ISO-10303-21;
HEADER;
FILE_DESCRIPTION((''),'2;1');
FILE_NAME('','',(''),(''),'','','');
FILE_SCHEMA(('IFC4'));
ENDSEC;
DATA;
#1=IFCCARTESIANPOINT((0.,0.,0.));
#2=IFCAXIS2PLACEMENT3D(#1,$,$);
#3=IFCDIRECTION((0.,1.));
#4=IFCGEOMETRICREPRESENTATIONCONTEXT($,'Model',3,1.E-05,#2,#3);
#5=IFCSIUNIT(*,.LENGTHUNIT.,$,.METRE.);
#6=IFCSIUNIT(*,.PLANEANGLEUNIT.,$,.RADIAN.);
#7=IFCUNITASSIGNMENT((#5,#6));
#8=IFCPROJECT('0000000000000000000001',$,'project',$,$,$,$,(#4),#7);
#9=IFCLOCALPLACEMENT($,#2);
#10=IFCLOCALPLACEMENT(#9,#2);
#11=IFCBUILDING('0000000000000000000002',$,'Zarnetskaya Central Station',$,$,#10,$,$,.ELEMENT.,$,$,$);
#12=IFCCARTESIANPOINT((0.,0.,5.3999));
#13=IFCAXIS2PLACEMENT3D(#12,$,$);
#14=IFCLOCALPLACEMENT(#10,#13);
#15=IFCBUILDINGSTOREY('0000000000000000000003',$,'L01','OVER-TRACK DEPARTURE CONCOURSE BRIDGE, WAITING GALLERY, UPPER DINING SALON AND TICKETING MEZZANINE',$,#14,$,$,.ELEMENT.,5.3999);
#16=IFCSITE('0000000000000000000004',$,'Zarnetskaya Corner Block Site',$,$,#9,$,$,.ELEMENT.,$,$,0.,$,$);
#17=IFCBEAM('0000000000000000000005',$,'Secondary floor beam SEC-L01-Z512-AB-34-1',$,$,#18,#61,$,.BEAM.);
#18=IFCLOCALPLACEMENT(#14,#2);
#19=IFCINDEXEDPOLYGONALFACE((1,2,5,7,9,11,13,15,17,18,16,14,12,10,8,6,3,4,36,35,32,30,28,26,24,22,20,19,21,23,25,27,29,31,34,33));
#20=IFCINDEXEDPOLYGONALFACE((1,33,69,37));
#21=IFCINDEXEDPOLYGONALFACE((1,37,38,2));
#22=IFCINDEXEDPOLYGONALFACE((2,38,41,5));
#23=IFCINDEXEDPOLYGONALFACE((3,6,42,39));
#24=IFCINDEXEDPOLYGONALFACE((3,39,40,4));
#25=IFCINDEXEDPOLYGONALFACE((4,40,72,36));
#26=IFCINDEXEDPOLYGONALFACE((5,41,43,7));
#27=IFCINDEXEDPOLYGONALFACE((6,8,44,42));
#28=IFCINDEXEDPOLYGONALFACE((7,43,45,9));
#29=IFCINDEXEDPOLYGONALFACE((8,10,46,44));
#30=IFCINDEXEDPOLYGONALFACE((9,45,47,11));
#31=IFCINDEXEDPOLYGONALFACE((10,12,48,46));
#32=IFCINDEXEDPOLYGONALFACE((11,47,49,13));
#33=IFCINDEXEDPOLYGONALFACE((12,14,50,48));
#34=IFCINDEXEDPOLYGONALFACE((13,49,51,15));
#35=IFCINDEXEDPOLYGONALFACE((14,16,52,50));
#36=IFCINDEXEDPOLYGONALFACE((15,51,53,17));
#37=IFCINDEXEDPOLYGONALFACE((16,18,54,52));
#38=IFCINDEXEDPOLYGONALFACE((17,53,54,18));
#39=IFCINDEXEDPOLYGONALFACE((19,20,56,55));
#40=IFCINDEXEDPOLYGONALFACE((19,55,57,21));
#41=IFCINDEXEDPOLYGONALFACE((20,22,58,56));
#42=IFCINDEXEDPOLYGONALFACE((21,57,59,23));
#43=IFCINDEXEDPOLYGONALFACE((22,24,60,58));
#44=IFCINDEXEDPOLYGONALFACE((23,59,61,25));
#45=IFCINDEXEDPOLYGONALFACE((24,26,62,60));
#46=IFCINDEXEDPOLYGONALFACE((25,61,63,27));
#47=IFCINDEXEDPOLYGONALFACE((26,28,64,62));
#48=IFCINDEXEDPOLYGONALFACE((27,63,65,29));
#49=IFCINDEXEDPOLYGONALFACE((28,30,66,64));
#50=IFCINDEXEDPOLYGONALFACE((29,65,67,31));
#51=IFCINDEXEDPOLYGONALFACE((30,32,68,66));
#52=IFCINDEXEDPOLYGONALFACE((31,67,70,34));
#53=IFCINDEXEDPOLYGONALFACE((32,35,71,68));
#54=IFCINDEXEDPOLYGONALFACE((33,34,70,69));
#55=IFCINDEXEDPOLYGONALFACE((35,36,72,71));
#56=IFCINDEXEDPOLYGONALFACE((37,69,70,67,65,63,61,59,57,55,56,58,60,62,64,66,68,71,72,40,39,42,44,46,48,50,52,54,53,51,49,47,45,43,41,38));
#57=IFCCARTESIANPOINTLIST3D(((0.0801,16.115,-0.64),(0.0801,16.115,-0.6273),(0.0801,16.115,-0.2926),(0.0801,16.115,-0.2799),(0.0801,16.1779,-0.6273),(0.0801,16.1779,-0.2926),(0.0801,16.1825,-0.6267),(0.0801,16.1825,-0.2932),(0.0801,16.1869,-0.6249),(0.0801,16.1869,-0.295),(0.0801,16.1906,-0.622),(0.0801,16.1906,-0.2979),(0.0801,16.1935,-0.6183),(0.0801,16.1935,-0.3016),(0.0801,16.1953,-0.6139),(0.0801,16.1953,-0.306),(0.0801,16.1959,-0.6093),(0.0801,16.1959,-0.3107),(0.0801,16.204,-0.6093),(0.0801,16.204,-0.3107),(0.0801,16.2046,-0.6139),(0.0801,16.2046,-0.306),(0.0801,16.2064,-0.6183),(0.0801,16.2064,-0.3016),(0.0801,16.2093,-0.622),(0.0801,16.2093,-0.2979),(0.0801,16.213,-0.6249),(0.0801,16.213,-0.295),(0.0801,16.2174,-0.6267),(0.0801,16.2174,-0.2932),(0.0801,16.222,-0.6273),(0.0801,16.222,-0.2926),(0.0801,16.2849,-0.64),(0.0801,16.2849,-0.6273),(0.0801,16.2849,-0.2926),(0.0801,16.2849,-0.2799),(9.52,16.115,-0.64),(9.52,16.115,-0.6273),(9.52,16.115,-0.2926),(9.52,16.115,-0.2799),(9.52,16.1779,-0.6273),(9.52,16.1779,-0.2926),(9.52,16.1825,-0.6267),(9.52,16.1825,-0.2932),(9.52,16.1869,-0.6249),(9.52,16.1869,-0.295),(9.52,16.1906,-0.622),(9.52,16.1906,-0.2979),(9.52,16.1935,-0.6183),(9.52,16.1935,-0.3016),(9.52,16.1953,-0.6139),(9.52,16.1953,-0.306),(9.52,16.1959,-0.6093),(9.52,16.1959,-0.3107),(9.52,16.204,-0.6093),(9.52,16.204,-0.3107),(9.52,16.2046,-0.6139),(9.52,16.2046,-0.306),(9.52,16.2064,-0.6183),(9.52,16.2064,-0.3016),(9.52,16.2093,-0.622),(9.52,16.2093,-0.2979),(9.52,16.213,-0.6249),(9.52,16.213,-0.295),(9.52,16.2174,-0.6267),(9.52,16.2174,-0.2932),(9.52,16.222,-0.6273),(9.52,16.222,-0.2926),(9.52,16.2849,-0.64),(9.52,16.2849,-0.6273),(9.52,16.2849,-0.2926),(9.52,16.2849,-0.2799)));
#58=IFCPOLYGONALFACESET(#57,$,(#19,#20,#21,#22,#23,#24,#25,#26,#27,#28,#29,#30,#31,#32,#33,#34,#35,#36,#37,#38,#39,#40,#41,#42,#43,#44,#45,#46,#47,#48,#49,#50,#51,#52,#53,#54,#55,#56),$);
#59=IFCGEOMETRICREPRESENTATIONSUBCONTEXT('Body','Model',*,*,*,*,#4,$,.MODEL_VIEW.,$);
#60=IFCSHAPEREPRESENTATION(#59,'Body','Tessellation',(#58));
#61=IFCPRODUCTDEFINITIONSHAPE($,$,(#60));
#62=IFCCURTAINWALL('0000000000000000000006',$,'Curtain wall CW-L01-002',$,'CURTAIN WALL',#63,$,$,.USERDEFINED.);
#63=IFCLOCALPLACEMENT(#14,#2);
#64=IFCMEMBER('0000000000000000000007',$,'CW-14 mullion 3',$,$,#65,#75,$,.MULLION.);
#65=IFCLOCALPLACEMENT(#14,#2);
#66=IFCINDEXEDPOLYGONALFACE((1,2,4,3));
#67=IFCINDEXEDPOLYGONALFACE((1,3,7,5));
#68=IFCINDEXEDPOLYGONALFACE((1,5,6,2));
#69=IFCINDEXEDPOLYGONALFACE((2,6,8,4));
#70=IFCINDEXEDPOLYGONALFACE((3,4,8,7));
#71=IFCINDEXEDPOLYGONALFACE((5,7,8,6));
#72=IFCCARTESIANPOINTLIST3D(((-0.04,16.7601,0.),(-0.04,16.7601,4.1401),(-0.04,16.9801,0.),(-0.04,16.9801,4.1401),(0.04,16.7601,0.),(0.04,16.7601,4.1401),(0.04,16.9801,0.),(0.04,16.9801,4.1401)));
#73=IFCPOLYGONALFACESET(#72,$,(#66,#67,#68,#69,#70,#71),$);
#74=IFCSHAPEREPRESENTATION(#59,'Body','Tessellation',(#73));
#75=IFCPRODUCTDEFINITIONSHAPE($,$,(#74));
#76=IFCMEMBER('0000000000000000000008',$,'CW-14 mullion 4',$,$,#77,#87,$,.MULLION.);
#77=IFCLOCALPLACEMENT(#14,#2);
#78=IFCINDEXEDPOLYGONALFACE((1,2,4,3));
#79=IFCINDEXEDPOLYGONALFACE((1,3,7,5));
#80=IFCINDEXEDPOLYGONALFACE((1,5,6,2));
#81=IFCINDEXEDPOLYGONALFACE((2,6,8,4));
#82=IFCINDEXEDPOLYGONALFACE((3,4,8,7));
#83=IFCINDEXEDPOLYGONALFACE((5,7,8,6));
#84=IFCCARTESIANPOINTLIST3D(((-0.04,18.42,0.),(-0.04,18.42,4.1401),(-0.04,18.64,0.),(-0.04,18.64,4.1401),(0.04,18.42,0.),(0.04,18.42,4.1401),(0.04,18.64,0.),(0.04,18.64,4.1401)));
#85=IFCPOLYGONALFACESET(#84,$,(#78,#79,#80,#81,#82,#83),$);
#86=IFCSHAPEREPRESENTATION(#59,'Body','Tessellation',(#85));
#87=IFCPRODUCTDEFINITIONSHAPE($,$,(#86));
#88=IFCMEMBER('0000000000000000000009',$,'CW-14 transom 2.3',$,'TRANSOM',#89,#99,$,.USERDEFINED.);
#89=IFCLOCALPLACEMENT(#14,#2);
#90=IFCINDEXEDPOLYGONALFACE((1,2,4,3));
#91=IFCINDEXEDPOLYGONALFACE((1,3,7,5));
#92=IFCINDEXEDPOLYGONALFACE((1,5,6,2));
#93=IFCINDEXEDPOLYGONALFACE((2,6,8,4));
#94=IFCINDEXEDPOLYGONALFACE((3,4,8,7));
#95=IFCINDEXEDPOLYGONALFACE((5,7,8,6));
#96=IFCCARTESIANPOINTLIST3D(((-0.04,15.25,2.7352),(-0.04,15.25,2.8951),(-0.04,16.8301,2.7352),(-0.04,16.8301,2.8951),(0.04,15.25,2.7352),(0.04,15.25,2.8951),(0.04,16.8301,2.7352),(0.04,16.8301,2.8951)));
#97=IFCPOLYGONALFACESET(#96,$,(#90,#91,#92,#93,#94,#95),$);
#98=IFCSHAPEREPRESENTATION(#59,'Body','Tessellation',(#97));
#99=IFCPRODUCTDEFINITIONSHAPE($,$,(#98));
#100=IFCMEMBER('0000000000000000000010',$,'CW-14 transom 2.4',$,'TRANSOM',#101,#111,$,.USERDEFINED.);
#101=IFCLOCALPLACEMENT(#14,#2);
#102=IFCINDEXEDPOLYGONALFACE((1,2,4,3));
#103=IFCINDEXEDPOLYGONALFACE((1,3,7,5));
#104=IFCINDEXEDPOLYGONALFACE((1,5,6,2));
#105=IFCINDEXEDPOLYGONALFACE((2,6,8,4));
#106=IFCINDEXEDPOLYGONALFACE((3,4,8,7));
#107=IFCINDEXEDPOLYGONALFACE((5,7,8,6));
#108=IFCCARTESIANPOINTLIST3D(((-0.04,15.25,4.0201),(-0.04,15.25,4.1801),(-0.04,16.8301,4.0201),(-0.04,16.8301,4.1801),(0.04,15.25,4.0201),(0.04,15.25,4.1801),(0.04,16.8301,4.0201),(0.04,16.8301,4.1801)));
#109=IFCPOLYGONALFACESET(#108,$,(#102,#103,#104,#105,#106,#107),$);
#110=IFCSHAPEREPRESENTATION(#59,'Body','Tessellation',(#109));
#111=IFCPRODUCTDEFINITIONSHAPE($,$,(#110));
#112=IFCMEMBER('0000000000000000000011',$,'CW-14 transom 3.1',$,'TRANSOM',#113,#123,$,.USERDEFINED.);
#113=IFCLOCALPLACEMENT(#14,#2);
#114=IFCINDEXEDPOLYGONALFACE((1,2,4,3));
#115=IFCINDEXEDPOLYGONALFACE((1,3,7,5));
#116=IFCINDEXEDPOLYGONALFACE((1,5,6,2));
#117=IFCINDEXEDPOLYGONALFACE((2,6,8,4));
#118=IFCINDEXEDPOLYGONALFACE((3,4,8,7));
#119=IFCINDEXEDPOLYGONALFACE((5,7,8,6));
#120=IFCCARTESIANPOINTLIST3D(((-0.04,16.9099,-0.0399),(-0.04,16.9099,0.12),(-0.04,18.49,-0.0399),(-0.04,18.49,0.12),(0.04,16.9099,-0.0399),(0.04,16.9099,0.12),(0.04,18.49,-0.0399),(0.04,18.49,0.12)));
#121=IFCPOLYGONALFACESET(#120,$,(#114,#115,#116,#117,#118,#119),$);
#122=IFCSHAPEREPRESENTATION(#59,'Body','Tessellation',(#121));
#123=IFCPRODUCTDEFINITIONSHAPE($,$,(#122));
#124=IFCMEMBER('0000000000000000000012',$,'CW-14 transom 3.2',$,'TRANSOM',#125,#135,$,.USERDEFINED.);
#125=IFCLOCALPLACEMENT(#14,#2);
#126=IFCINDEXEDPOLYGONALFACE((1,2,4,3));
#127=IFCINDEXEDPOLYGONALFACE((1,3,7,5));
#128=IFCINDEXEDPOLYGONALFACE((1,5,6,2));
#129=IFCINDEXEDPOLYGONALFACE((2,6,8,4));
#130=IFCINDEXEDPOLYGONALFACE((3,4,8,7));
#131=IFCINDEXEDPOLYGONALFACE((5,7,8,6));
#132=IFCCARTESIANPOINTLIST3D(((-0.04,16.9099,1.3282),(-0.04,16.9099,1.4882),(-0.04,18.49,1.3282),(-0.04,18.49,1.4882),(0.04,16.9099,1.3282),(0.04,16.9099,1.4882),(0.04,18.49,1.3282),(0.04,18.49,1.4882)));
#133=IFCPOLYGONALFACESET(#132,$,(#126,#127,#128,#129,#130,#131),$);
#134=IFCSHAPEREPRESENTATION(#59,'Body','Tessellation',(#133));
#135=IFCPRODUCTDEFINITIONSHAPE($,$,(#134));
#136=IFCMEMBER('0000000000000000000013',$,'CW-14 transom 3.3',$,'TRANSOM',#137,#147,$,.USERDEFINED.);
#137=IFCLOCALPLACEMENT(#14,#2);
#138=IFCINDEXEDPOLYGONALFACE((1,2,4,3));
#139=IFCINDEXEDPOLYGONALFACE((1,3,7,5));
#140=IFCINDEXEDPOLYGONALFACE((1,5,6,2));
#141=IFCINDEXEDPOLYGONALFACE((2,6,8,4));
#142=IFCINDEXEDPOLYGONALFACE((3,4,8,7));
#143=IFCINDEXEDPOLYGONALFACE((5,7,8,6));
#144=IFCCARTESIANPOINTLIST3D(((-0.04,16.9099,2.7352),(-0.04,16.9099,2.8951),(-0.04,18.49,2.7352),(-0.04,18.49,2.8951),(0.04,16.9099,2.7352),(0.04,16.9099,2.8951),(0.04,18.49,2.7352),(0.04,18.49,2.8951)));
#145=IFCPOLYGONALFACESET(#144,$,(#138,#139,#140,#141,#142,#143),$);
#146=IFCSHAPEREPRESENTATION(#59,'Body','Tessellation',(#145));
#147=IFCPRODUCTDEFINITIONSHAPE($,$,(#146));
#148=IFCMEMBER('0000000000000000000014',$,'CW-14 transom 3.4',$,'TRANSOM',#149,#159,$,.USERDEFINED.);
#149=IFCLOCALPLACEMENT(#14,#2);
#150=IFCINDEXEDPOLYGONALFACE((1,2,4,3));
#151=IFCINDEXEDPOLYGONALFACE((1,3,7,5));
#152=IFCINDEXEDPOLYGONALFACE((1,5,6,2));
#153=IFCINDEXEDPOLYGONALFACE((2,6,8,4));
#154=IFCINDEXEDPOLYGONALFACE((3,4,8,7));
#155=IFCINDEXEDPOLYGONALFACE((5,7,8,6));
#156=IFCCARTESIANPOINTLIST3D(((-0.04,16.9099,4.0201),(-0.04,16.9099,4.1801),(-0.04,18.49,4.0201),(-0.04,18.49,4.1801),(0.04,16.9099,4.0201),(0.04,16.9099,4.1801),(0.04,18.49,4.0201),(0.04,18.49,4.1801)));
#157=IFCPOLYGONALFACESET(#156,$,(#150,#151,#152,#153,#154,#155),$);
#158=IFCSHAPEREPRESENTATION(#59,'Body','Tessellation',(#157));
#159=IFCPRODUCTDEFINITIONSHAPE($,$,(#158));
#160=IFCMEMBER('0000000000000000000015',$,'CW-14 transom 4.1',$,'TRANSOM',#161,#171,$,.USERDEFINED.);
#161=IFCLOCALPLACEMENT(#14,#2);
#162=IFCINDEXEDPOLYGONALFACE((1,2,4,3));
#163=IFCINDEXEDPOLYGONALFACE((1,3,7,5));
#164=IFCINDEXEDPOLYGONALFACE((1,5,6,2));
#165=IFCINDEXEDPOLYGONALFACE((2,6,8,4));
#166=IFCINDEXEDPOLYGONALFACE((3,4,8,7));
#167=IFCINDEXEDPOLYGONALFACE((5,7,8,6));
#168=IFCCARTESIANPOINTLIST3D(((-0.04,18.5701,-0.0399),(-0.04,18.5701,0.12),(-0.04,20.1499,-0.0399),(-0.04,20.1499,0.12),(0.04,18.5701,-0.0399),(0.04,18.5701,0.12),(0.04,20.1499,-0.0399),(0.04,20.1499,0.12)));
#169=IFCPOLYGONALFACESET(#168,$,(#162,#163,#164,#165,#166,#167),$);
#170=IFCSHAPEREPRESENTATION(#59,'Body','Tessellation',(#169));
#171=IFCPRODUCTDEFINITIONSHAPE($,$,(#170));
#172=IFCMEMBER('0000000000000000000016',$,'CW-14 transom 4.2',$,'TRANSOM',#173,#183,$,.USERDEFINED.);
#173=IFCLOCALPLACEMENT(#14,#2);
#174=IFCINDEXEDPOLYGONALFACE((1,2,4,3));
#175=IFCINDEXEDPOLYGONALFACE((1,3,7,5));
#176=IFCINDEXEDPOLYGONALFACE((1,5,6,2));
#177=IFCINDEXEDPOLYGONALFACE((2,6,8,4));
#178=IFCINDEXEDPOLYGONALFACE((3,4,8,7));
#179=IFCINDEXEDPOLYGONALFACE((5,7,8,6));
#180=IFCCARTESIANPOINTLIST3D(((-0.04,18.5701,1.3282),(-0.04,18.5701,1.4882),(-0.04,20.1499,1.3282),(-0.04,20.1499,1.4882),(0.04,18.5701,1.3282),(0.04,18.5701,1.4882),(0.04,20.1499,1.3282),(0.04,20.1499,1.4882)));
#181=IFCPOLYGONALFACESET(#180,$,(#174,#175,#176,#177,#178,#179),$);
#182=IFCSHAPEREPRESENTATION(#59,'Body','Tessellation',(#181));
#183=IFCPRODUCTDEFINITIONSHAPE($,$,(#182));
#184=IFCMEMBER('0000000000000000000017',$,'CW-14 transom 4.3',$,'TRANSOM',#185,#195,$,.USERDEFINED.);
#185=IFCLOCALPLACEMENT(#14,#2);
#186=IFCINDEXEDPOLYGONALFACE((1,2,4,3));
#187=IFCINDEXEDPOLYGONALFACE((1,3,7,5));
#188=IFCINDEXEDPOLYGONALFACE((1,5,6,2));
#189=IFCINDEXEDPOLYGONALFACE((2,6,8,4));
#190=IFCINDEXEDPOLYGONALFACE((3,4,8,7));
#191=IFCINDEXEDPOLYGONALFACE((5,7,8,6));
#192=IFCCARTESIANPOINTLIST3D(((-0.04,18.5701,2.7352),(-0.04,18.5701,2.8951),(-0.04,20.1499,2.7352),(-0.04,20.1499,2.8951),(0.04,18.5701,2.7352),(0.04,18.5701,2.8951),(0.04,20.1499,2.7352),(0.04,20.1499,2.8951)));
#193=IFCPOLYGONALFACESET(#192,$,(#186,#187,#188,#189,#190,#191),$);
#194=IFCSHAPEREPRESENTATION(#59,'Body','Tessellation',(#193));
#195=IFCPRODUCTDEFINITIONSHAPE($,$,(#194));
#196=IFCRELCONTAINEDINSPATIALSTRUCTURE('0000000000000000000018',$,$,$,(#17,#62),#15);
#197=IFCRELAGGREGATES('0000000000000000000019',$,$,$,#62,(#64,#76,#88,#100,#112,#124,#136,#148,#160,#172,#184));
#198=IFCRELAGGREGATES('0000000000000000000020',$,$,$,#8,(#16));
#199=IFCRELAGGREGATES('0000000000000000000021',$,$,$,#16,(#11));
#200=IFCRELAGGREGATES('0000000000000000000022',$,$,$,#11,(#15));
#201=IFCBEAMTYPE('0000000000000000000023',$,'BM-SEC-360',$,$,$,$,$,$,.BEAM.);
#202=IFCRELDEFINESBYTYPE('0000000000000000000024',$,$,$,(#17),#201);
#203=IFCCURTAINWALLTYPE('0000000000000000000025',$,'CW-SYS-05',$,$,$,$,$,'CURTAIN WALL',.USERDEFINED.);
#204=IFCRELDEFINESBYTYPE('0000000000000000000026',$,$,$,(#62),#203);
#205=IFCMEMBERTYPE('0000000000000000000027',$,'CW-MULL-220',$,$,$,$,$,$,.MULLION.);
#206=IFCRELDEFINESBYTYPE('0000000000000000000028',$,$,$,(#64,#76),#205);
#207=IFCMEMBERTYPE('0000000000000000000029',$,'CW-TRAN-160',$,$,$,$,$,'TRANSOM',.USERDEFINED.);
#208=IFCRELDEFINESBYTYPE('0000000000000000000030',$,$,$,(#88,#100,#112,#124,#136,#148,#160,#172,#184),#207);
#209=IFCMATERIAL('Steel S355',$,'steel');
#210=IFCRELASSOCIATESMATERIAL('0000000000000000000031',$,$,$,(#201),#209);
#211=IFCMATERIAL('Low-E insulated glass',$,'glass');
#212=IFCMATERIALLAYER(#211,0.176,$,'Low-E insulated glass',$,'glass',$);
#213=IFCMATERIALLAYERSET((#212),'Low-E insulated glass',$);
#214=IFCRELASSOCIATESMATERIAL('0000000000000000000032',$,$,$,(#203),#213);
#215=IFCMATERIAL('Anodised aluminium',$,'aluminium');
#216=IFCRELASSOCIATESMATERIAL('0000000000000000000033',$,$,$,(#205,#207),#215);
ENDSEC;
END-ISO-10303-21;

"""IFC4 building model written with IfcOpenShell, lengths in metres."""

from ifc_helpers import new_model, si_unit, direction, frame, origin, origin_2d, place, context, subcontext, project, spatial, rectangle, i_section, extrude, material, layer, layer_set, material_profile, profile_set, type_object, element, aggregate, save


model = new_model("IFC4")

# Units and contexts
model_context = context("Model", 3, precision=1e-05, world=origin(), true_north=direction((0.0, 1.0)))
body_context = subcontext(model_context, "Body", "Model", "MODEL_VIEW")
ifc_project = project(units=[si_unit("LENGTHUNIT", "METRE"), si_unit("PLANEANGLEUNIT", "RADIAN")], contexts=[model_context])

# Site, building, storey
site_placement = place(None, origin())
site = spatial("IfcSite", under=ifc_project, at=site_placement, Name="Zarnetskaya Corner Block Site", CompositionType="ELEMENT", RefElevation=0.0)
building_placement = place(site_placement, origin())
building = spatial("IfcBuilding", under=site, at=building_placement, Name="Zarnetskaya Central Station", CompositionType="ELEMENT")
storey_placement = place(building_placement, frame((0.0, 0.0, 5.3999)))
storey = spatial("IfcBuildingStorey", under=building, at=storey_placement, Name="L01", Description="OVER-TRACK DEPARTURE CONCOURSE BRIDGE, WAITING GALLERY, UPPER DINING SALON AND TICKETING MEZZANINE", CompositionType="ELEMENT", Elevation=5.3999)

# Beam
ifc_material_1 = material(Name="Steel S355", Category="steel")
ifc_material_profile_1 = material_profile(ifc_material_1, i_section(OverallWidth=0.1699, OverallDepth=0.3601, WebThickness=0.0081, FlangeThickness=0.0127, FilletRadius=0.0181, at=origin_2d()), Name="IPE 360")
ifc_profile_set_1 = profile_set([ifc_material_profile_1], Name="Steel S355")
beam_type = type_object("IfcBeamType", Name="BM-SEC-360", PredefinedType="BEAM", material=ifc_profile_set_1)
beam_placement = place(storey_placement, frame((0.0801, 16.2, -0.46), z_axis=(1.0, 0.0, 0.0), x_axis=(0.0, 1.0, 0.0)))
element("IfcBeam", 1, at=beam_placement, inside=storey, type_object=beam_type, Name="Secondary floor beam SEC-L01-Z512-AB-34-1", PredefinedType="BEAM", context=body_context, shape_type="SweptSolid", body=[
    extrude(i_section(OverallWidth=0.1699, OverallDepth=0.3601, WebThickness=0.0081, FlangeThickness=0.0127, FilletRadius=0.0181, at=origin_2d()), origin(), (0.0, 0.0, 1.0), 9.4399),
])

# Curtain wall, members
ifc_material_2 = material(Name="Low-E insulated glass", Category="glass")
ifc_layer_1 = layer(ifc_material_2, 0.176, Name="Low-E insulated glass", Category="glass")
ifc_layer_set_1 = layer_set([ifc_layer_1], Name="Low-E insulated glass")
curtain_wall_type = type_object("IfcCurtainWallType", Name="CW-SYS-05", ElementType="CURTAIN WALL", PredefinedType="USERDEFINED", material=ifc_layer_set_1)
curtain_wall_placement = place(storey_placement, origin())
curtain_wall = element("IfcCurtainWall", 2, at=curtain_wall_placement, inside=storey, type_object=curtain_wall_type, Name="Curtain wall CW-L01-002", ObjectType="CURTAIN WALL", PredefinedType="USERDEFINED")
ifc_material_3 = material(Name="Anodised aluminium", Category="aluminium")
ifc_material_profile_2 = material_profile(ifc_material_3, rectangle(XDim=0.0801, YDim=0.22, at=origin_2d()), Name="ALU MULL 80x220")
ifc_profile_set_2 = profile_set([ifc_material_profile_2], Name="Anodised aluminium")
member_type_1 = type_object("IfcMemberType", Name="CW-MULL-220", PredefinedType="MULLION", material=ifc_profile_set_2)
member_1_placement = place(storey_placement, frame((0.0, 16.8701, 0.0), z_axis=(0.0, 0.0, 1.0), x_axis=(-1.0, 0.0, 0.0)))
member_1 = element("IfcMember", 3, at=member_1_placement, type_object=member_type_1, Name="CW-14 mullion 3", PredefinedType="MULLION", context=body_context, shape_type="SweptSolid", body=[
    extrude(rectangle(XDim=0.0801, YDim=0.22, at=origin_2d()), origin(), (0.0, 0.0, 1.0), 4.1401),
])
member_2_placement = place(storey_placement, frame((0.0, 18.53, 0.0), z_axis=(0.0, 0.0, 1.0), x_axis=(-1.0, 0.0, 0.0)))
member_2 = element("IfcMember", 4, at=member_2_placement, type_object=member_type_1, Name="CW-14 mullion 4", PredefinedType="MULLION", context=body_context, shape_type="SweptSolid", body=[
    extrude(rectangle(XDim=0.0801, YDim=0.22, at=origin_2d()), origin(), (0.0, 0.0, 1.0), 4.1401),
])
ifc_material_profile_3 = material_profile(ifc_material_3, rectangle(XDim=0.0801, YDim=0.1599, at=origin_2d()), Name="ALU TRAN 80x160")
ifc_profile_set_3 = profile_set([ifc_material_profile_3], Name="Anodised aluminium")
member_type_2 = type_object("IfcMemberType", Name="CW-TRAN-160", ElementType="TRANSOM", PredefinedType="USERDEFINED", material=ifc_profile_set_3)
member_3_placement = place(storey_placement, frame((0.0, 15.25, 2.8152), z_axis=(0.0, 1.0, 0.0), x_axis=(-1.0, 0.0, 0.0)))
member_3 = element("IfcMember", 5, at=member_3_placement, type_object=member_type_2, Name="CW-14 transom 2.3", ObjectType="TRANSOM", PredefinedType="USERDEFINED", context=body_context, shape_type="SweptSolid", body=[
    extrude(rectangle(XDim=0.0801, YDim=0.1599, at=origin_2d()), origin(), (0.0, 0.0, 1.0), 1.5801),
])
member_4_placement = place(storey_placement, frame((0.0, 15.25, 4.1001), z_axis=(0.0, 1.0, 0.0), x_axis=(-1.0, 0.0, 0.0)))
member_4 = element("IfcMember", 6, at=member_4_placement, type_object=member_type_2, Name="CW-14 transom 2.4", ObjectType="TRANSOM", PredefinedType="USERDEFINED", context=body_context, shape_type="SweptSolid", body=[
    extrude(rectangle(XDim=0.0801, YDim=0.1599, at=origin_2d()), origin(), (0.0, 0.0, 1.0), 1.5801),
])
member_5_placement = place(storey_placement, frame((0.0, 16.9099, 0.04), z_axis=(0.0, 1.0, 0.0), x_axis=(-1.0, 0.0, 0.0)))
member_5 = element("IfcMember", 7, at=member_5_placement, type_object=member_type_2, Name="CW-14 transom 3.1", ObjectType="TRANSOM", PredefinedType="USERDEFINED", context=body_context, shape_type="SweptSolid", body=[
    extrude(rectangle(XDim=0.0801, YDim=0.1599, at=origin_2d()), origin(), (0.0, 0.0, 1.0), 1.5801),
])
member_6_placement = place(storey_placement, frame((0.0, 16.9099, 1.4082), z_axis=(0.0, 1.0, 0.0), x_axis=(-1.0, 0.0, 0.0)))
member_6 = element("IfcMember", 8, at=member_6_placement, type_object=member_type_2, Name="CW-14 transom 3.2", ObjectType="TRANSOM", PredefinedType="USERDEFINED", context=body_context, shape_type="SweptSolid", body=[
    extrude(rectangle(XDim=0.0801, YDim=0.1599, at=origin_2d()), origin(), (0.0, 0.0, 1.0), 1.5801),
])
member_7_placement = place(storey_placement, frame((0.0, 16.9099, 2.8152), z_axis=(0.0, 1.0, 0.0), x_axis=(-1.0, 0.0, 0.0)))
member_7 = element("IfcMember", 9, at=member_7_placement, type_object=member_type_2, Name="CW-14 transom 3.3", ObjectType="TRANSOM", PredefinedType="USERDEFINED", context=body_context, shape_type="SweptSolid", body=[
    extrude(rectangle(XDim=0.0801, YDim=0.1599, at=origin_2d()), origin(), (0.0, 0.0, 1.0), 1.5801),
])
member_8_placement = place(storey_placement, frame((0.0, 16.9099, 4.1001), z_axis=(0.0, 1.0, 0.0), x_axis=(-1.0, 0.0, 0.0)))
member_8 = element("IfcMember", 10, at=member_8_placement, type_object=member_type_2, Name="CW-14 transom 3.4", ObjectType="TRANSOM", PredefinedType="USERDEFINED", context=body_context, shape_type="SweptSolid", body=[
    extrude(rectangle(XDim=0.0801, YDim=0.1599, at=origin_2d()), origin(), (0.0, 0.0, 1.0), 1.5801),
])
member_9_placement = place(storey_placement, frame((0.0, 18.5701, 0.04), z_axis=(0.0, 1.0, 0.0), x_axis=(-1.0, 0.0, 0.0)))
member_9 = element("IfcMember", 11, at=member_9_placement, type_object=member_type_2, Name="CW-14 transom 4.1", ObjectType="TRANSOM", PredefinedType="USERDEFINED", context=body_context, shape_type="SweptSolid", body=[
    extrude(rectangle(XDim=0.0801, YDim=0.1599, at=origin_2d()), origin(), (0.0, 0.0, 1.0), 1.5798),
])
member_10_placement = place(storey_placement, frame((0.0, 18.5701, 1.4082), z_axis=(0.0, 1.0, 0.0), x_axis=(-1.0, 0.0, 0.0)))
member_10 = element("IfcMember", 12, at=member_10_placement, type_object=member_type_2, Name="CW-14 transom 4.2", ObjectType="TRANSOM", PredefinedType="USERDEFINED", context=body_context, shape_type="SweptSolid", body=[
    extrude(rectangle(XDim=0.0801, YDim=0.1599, at=origin_2d()), origin(), (0.0, 0.0, 1.0), 1.5798),
])
member_11_placement = place(storey_placement, frame((0.0, 18.5701, 2.8152), z_axis=(0.0, 1.0, 0.0), x_axis=(-1.0, 0.0, 0.0)))
member_11 = element("IfcMember", 13, at=member_11_placement, type_object=member_type_2, Name="CW-14 transom 4.3", ObjectType="TRANSOM", PredefinedType="USERDEFINED", context=body_context, shape_type="SweptSolid", body=[
    extrude(rectangle(XDim=0.0801, YDim=0.1599, at=origin_2d()), origin(), (0.0, 0.0, 1.0), 1.5798),
])
aggregate(curtain_wall, [member_1, member_2, member_3, member_4, member_5, member_6, member_7, member_8, member_9, member_10, member_11])

save(model, "model.ifc")
